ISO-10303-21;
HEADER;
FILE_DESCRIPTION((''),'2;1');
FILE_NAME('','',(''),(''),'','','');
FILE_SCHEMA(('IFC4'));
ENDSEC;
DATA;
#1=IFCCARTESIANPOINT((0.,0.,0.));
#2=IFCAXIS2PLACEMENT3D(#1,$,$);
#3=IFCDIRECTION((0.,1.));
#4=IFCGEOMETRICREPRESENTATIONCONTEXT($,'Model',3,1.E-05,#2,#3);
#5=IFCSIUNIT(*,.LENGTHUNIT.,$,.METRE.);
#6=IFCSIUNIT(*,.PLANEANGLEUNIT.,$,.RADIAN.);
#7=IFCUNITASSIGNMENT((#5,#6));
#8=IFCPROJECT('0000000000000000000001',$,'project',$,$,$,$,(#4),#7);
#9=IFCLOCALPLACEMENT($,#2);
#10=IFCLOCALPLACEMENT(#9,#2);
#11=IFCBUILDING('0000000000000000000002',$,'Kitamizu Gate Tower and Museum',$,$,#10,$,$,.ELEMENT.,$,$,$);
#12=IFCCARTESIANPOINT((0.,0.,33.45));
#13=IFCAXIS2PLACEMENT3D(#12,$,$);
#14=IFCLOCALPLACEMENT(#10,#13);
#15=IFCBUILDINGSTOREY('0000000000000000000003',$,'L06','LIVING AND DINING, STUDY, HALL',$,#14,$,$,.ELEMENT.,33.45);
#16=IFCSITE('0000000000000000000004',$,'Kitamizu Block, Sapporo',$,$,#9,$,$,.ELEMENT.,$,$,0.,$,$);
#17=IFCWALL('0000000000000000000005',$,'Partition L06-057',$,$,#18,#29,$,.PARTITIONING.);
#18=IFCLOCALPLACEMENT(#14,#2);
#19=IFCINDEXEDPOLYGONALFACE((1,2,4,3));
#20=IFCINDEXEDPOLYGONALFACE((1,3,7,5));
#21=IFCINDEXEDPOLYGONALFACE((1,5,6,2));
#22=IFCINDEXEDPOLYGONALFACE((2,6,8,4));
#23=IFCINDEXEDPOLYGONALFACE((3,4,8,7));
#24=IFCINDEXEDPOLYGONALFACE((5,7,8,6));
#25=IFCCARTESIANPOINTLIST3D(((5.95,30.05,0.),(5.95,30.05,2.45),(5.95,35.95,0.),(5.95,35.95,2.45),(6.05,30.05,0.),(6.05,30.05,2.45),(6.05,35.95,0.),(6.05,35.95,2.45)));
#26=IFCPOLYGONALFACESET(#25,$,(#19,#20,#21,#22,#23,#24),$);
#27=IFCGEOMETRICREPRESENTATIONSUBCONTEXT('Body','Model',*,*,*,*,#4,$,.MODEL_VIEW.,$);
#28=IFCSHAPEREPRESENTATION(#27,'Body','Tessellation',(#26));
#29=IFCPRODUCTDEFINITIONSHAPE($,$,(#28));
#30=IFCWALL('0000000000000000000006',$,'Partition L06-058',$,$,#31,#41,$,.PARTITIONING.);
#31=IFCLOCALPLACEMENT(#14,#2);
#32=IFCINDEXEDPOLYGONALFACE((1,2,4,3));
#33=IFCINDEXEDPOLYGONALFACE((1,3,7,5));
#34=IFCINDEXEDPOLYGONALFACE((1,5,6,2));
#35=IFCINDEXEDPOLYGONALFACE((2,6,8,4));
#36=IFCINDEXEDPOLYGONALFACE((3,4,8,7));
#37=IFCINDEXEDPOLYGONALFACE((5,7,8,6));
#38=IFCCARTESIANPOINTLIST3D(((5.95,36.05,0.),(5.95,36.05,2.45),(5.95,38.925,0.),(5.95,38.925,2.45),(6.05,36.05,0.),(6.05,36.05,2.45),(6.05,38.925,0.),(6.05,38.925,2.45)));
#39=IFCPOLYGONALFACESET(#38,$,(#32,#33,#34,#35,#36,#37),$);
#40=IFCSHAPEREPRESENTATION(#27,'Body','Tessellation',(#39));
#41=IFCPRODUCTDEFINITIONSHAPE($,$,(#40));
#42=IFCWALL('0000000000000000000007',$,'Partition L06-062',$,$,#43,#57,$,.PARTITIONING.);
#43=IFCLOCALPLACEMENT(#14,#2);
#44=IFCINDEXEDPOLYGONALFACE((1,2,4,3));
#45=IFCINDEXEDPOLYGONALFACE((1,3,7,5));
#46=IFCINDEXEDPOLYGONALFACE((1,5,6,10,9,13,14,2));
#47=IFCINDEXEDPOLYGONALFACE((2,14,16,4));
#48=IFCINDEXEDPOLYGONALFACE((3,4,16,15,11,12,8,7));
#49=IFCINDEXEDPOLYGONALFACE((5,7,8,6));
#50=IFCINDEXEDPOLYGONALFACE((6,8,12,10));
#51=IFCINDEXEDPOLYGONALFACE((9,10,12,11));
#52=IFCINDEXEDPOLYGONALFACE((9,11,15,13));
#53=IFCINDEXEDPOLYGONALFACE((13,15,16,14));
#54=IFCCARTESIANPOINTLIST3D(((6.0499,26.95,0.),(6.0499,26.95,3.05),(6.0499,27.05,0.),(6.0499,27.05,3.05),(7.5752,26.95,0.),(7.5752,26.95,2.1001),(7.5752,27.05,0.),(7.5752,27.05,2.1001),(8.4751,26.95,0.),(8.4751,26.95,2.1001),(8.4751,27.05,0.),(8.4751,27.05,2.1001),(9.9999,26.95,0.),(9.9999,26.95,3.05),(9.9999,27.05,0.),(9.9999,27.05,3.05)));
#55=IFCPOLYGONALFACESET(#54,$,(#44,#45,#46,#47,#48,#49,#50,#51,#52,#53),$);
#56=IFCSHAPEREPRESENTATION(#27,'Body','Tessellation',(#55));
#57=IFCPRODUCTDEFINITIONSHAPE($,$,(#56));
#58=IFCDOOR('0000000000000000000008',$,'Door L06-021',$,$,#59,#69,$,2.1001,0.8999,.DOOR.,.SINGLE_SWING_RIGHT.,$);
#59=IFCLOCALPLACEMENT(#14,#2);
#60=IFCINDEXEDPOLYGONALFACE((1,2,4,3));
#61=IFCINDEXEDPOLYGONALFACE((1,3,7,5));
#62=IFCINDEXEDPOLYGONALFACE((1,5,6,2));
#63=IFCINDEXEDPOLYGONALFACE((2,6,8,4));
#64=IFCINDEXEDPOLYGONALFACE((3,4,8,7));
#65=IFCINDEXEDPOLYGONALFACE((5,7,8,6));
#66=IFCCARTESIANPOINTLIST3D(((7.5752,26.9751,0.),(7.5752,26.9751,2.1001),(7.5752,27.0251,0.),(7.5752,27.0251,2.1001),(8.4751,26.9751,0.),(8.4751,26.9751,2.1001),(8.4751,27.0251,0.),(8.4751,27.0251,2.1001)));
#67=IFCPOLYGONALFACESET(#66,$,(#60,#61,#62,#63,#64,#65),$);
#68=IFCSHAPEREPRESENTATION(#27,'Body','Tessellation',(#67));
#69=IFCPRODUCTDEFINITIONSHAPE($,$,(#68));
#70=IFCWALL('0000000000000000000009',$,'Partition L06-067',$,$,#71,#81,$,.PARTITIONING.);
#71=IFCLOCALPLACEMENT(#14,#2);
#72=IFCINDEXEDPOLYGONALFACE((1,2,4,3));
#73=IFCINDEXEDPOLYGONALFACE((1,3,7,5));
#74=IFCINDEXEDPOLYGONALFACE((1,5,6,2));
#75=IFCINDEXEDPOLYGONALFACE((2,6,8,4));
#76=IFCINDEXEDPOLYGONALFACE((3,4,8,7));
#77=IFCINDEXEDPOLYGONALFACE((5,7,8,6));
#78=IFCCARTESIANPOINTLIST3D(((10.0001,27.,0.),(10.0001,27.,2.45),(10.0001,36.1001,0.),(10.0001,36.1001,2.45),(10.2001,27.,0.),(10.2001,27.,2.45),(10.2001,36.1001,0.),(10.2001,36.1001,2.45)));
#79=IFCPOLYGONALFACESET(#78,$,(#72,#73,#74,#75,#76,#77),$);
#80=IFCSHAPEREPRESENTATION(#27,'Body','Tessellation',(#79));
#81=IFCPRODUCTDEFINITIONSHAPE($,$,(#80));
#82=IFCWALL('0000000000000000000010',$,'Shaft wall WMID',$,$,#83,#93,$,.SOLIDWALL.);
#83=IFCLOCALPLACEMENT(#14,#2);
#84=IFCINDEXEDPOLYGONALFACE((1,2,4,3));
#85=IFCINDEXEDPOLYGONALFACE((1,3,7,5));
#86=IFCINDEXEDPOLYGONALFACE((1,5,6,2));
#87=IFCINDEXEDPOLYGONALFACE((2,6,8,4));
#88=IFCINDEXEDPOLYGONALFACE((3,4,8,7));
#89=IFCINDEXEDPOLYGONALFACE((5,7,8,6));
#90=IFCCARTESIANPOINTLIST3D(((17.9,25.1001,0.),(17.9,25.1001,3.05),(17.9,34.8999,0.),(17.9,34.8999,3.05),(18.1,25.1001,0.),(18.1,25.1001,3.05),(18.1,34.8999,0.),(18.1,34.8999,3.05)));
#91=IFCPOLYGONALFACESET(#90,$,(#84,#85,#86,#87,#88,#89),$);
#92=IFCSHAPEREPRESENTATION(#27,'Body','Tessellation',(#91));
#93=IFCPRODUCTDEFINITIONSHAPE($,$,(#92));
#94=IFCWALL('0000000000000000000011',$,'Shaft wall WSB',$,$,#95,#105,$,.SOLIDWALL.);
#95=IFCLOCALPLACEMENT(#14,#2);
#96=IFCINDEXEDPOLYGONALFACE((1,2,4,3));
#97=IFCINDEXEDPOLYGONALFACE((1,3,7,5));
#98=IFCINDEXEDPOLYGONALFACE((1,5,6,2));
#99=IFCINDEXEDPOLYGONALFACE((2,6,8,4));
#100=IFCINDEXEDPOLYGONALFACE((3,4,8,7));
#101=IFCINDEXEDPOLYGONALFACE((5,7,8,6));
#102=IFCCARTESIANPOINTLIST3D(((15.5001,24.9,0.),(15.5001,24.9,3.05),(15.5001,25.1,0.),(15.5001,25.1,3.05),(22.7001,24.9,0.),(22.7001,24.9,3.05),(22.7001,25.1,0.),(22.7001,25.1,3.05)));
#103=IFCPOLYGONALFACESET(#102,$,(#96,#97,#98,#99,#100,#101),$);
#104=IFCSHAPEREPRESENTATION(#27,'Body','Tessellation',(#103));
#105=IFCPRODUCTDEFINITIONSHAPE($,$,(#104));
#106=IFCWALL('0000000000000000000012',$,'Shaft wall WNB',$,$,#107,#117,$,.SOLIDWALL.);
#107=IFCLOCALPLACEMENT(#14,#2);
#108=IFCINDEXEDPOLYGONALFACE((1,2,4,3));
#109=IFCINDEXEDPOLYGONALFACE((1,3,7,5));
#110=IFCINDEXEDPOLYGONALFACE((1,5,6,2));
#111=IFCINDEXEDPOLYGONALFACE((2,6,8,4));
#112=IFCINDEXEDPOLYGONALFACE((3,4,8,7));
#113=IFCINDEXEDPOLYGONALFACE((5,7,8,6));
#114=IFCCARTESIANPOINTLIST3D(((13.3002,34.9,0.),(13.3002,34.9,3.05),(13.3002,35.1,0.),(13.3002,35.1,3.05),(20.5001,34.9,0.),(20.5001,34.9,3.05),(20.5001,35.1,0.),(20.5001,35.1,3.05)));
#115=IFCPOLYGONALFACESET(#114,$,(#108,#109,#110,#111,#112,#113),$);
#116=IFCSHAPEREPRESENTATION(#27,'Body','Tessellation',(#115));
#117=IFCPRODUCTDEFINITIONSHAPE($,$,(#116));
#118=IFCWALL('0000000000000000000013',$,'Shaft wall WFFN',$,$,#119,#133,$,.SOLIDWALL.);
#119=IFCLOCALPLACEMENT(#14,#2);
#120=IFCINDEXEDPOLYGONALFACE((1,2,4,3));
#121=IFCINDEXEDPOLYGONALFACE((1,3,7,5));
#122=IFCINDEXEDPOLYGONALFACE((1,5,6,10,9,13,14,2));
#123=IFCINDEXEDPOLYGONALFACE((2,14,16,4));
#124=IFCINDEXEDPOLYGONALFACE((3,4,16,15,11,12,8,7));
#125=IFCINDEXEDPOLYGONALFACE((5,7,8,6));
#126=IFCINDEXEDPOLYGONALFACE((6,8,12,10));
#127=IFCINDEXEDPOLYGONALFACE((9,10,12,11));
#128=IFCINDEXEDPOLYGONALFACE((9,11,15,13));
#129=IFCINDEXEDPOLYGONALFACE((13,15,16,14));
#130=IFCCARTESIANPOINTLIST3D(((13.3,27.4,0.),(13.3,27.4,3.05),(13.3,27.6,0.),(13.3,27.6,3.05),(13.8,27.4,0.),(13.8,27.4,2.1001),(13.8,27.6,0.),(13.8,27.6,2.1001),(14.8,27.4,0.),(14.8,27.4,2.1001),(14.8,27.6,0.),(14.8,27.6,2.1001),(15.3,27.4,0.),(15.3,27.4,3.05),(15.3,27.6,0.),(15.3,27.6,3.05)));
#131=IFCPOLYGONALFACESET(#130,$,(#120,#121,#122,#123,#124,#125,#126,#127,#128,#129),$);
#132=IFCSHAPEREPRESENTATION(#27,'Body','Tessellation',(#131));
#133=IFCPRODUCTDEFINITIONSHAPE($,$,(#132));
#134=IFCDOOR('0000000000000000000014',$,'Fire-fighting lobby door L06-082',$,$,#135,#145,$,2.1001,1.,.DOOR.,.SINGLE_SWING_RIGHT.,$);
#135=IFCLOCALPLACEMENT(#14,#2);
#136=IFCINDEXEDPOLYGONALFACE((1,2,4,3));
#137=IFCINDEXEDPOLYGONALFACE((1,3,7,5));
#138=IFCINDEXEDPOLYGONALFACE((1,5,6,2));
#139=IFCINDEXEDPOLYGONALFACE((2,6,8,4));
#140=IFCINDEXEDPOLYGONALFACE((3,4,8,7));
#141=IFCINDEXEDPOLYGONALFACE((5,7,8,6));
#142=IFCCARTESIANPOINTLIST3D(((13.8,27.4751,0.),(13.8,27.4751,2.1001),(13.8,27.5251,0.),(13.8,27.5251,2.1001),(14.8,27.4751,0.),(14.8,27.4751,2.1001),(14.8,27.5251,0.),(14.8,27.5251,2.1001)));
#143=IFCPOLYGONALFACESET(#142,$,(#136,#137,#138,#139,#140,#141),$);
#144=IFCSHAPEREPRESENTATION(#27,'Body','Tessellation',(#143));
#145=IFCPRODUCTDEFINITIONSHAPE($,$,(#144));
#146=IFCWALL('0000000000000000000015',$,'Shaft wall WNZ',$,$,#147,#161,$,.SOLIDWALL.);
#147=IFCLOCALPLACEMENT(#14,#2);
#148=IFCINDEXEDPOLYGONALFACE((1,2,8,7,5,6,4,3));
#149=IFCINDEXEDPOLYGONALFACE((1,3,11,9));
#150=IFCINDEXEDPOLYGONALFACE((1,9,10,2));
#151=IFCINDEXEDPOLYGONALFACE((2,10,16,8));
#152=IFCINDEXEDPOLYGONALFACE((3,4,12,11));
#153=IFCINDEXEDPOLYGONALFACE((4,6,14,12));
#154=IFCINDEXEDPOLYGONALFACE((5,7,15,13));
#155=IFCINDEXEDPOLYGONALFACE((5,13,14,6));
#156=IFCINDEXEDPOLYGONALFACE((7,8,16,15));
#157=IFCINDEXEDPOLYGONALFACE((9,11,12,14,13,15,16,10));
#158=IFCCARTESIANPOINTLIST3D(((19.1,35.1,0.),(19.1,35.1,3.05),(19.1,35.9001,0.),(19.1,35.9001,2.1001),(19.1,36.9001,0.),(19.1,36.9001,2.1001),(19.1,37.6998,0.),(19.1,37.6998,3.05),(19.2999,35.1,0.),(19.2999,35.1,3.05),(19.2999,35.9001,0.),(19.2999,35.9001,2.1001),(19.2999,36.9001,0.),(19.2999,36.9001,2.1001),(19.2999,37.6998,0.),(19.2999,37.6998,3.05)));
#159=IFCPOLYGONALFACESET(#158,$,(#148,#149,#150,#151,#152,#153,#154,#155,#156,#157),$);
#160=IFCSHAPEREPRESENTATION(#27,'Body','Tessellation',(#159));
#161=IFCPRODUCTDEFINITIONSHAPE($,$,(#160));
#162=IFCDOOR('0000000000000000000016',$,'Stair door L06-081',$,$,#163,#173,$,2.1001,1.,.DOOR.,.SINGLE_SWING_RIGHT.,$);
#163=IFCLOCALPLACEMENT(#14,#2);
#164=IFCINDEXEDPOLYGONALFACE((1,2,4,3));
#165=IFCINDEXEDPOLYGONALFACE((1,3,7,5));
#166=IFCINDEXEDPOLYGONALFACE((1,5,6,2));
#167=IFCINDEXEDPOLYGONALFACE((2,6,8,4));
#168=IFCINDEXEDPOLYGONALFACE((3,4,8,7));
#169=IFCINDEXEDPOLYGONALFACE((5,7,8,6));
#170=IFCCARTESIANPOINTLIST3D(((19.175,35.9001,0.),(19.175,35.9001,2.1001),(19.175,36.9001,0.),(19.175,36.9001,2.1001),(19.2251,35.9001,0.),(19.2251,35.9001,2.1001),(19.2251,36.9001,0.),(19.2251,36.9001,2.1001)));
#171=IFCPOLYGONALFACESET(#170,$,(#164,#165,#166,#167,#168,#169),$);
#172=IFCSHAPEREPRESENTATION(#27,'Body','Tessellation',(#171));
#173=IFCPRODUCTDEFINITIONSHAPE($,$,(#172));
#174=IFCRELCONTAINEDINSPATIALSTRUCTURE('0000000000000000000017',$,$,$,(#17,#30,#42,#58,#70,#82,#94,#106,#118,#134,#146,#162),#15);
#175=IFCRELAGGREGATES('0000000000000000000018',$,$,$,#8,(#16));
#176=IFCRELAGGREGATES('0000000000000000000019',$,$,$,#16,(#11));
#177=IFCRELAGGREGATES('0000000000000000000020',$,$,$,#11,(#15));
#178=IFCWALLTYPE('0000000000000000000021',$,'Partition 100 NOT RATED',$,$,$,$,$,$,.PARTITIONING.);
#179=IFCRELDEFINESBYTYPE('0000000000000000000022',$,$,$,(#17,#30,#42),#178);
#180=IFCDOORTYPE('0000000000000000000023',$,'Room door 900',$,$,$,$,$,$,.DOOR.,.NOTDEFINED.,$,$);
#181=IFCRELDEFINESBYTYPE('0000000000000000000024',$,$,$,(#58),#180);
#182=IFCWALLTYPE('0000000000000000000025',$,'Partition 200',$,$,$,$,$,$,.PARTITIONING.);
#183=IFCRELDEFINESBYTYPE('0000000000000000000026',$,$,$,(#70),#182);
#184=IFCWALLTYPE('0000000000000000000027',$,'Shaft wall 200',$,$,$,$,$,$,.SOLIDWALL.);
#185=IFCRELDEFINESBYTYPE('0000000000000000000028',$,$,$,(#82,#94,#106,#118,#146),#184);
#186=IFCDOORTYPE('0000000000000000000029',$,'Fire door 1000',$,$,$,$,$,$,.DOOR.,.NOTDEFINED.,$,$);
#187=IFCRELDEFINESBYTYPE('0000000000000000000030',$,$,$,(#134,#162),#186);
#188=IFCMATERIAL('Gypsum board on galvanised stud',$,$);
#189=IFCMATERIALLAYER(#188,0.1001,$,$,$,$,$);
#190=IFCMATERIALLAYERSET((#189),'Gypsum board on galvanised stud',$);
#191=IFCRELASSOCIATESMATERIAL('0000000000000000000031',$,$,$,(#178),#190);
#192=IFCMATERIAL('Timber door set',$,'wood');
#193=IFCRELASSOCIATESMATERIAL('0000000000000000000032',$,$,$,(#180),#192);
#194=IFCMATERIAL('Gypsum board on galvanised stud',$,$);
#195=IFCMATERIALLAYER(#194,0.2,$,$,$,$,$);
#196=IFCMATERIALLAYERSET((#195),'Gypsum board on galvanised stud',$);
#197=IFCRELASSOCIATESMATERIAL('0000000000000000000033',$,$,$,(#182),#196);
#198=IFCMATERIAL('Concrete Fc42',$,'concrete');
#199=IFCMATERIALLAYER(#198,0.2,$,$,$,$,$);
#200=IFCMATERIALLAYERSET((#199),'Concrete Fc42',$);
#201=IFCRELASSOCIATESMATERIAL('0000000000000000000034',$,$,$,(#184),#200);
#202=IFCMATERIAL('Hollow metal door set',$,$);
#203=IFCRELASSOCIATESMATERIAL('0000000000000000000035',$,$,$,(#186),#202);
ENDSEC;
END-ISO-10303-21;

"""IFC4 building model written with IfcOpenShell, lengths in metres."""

from ifc_helpers import new_model, si_unit, direction, frame, frame_2d, origin, place, context, subcontext, project, spatial, rectangle, extrude, material, layer, layer_set, type_object, element, fill, save


model = new_model("IFC4")

# Units and contexts
model_context = context("Model", 3, precision=1e-05, world=origin(), true_north=direction((0.0, 1.0)))
body_context = subcontext(model_context, "Body", "Model", "MODEL_VIEW")
ifc_project = project(units=[si_unit("LENGTHUNIT", "METRE"), si_unit("PLANEANGLEUNIT", "RADIAN")], contexts=[model_context])

# Site, building, storey
site_placement = place(None, origin())
site = spatial("IfcSite", under=ifc_project, at=site_placement, Name="Kitamizu Block, Sapporo", CompositionType="ELEMENT", RefElevation=0.0)
building_placement = place(site_placement, origin())
building = spatial("IfcBuilding", under=site, at=building_placement, Name="Kitamizu Gate Tower and Museum", CompositionType="ELEMENT")
storey_placement = place(building_placement, frame((0.0, 0.0, 33.45)))
storey = spatial("IfcBuildingStorey", under=building, at=storey_placement, Name="L06", Description="LIVING AND DINING, STUDY, HALL", CompositionType="ELEMENT", Elevation=33.45)

# Shared definitions
ifc_material_1 = material(Name="Gypsum board on galvanised stud")
ifc_layer_1 = layer(ifc_material_1, 0.1001)
ifc_layer_set_1 = layer_set([ifc_layer_1], Name="Gypsum board on galvanised stud")
wall_type_1 = type_object("IfcWallType", Name="Partition 100 NOT RATED", PredefinedType="PARTITIONING", material=ifc_layer_set_1)
ifc_material_2 = material(Name="Timber door set", Category="wood")
door_type_1 = type_object("IfcDoorType", Name="Room door 900", OperationType="NOTDEFINED", PredefinedType="DOOR", material=ifc_material_2)

# Walls
wall_1_placement = place(storey_placement, frame((6.0, 30.05, 0.0), z_axis=(0.0, 0.0, 1.0), x_axis=(0.0, 1.0, 0.0)))
element("IfcWall", 1, at=wall_1_placement, inside=storey, type_object=wall_type_1, Name="Partition L06-057", PredefinedType="PARTITIONING", context=body_context, shape_type="SweptSolid", body=[
    extrude(rectangle(XDim=5.8999, YDim=0.1001, at=frame_2d((2.95, 0.0))), origin(), (0.0, 0.0, 1.0), 2.45),
])
wall_2_placement = place(storey_placement, frame((6.0, 36.05, 0.0), z_axis=(0.0, 0.0, 1.0), x_axis=(0.0, 1.0, 0.0)))
element("IfcWall", 2, at=wall_2_placement, inside=storey, type_object=wall_type_1, Name="Partition L06-058", PredefinedType="PARTITIONING", context=body_context, shape_type="SweptSolid", body=[
    extrude(rectangle(XDim=2.875, YDim=0.1001, at=frame_2d((1.4375, 0.0))), origin(), (0.0, 0.0, 1.0), 2.45),
])

# Wall, opening, door
wall_3_placement = place(storey_placement, frame((10.0, 27.0, 0.0), z_axis=(0.0, 0.0, 1.0), x_axis=(-1.0, 0.0, 0.0)))
wall_3 = element("IfcWall", 3, at=wall_3_placement, inside=storey, type_object=wall_type_1, Name="Partition L06-062", PredefinedType="PARTITIONING", context=body_context, shape_type="SweptSolid", body=[
    extrude(rectangle(XDim=3.95, YDim=0.1001, at=frame_2d((1.9751, 0.0))), origin(), (0.0, 0.0, 1.0), 3.05),
])
opening_1_placement = place(wall_3_placement, frame((1.5249, 0.0, 0.0)))
opening_1 = element("IfcOpeningElement", 4, at=opening_1_placement, cuts=wall_3, PredefinedType="OPENING", context=body_context, shape_type="SweptSolid", body=[
    extrude(rectangle(XDim=0.8999, YDim=2.1001, at=frame_2d((0.45, 1.05))), frame((0.0, 0.0601, 0.0), z_axis=(0.0, -1.0, 0.0), x_axis=(1.0, 0.0, 0.0)), (0.0, 0.0, 1.0), 0.1201),
])
door_1_placement = place(opening_1_placement, origin())
door_1 = element("IfcDoor", 5, at=door_1_placement, inside=storey, type_object=door_type_1, Name="Door L06-021", OperationType="SINGLE_SWING_RIGHT", OverallHeight=2.1001, OverallWidth=0.8999, PredefinedType="DOOR", context=body_context, shape_type="SweptSolid", body=[
    extrude(rectangle(XDim=0.8999, YDim=2.1001, at=frame_2d((0.45, 1.05))), frame((0.0, 0.0249, 0.0), z_axis=(0.0, -1.0, 0.0), x_axis=(1.0, 0.0, 0.0)), (0.0, 0.0, 1.0), 0.05),
])
fill(opening_1, door_1)

# Walls
ifc_material_3 = material(Name="Gypsum board on galvanised stud")
ifc_layer_2 = layer(ifc_material_3, 0.2)
ifc_layer_set_2 = layer_set([ifc_layer_2], Name="Gypsum board on galvanised stud")
wall_type_2 = type_object("IfcWallType", Name="Partition 200", PredefinedType="PARTITIONING", material=ifc_layer_set_2)
wall_4_placement = place(storey_placement, frame((10.1001, 27.0, 0.0), z_axis=(0.0, 0.0, 1.0), x_axis=(0.0, 1.0, 0.0)))
element("IfcWall", 6, at=wall_4_placement, inside=storey, type_object=wall_type_2, Name="Partition L06-067", PredefinedType="PARTITIONING", context=body_context, shape_type="SweptSolid", body=[
    extrude(rectangle(XDim=9.1001, YDim=0.2, at=frame_2d((4.55, 0.0))), origin(), (0.0, 0.0, 1.0), 2.45),
])
ifc_material_4 = material(Name="Concrete Fc42", Category="concrete")
ifc_layer_3 = layer(ifc_material_4, 0.2)
ifc_layer_set_3 = layer_set([ifc_layer_3], Name="Concrete Fc42")
wall_type_3 = type_object("IfcWallType", Name="Shaft wall 200", PredefinedType="SOLIDWALL", material=ifc_layer_set_3)
wall_5_placement = place(storey_placement, frame((18.0, 25.1001, 0.0), z_axis=(0.0, 0.0, 1.0), x_axis=(0.0, 1.0, 0.0)))
element("IfcWall", 7, at=wall_5_placement, inside=storey, type_object=wall_type_3, Name="Shaft wall WMID", PredefinedType="SOLIDWALL", context=body_context, shape_type="SweptSolid", body=[
    extrude(rectangle(XDim=9.7998, YDim=0.2, at=frame_2d((4.8999, 0.0))), origin(), (0.0, 0.0, 1.0), 3.05),
])
for number, where, z_axis, x_axis, name in (
    (8, (15.5, 25.0, 0.0), (0.0, 0.0, 1.0), (1.0, 0.0, 0.0), "Shaft wall WSB"),
    (9, (13.3, 35.0, 0.0), (0.0, 0.0, 1.0), (1.0, 0.0, 0.0), "Shaft wall WNB"),
):
    element("IfcWall", number, at=place(storey_placement, frame(where, z_axis=z_axis, x_axis=x_axis)), inside=storey, type_object=wall_type_3, Name=name, PredefinedType="SOLIDWALL", context=body_context, shape_type="SweptSolid", body=[
        extrude(rectangle(XDim=7.2, YDim=0.2, at=frame_2d((3.6001, 0.0))), origin(), (0.0, 0.0, 1.0), 3.05),
    ])

# Walls, openings, doors
wall_6_placement = place(storey_placement, frame((13.3, 27.5, 0.0), z_axis=(0.0, 0.0, 1.0), x_axis=(1.0, 0.0, 0.0)))
wall_6 = element("IfcWall", 10, at=wall_6_placement, inside=storey, type_object=wall_type_3, Name="Shaft wall WFFN", PredefinedType="SOLIDWALL", context=body_context, shape_type="SweptSolid", body=[
    extrude(rectangle(XDim=2.0, YDim=0.2, at=frame_2d((1.0, 0.0))), origin(), (0.0, 0.0, 1.0), 3.05),
])
opening_2_placement = place(wall_6_placement, frame((0.5, 0.0, 0.0)))
opening_2 = element("IfcOpeningElement", 11, at=opening_2_placement, cuts=wall_6, PredefinedType="OPENING", context=body_context, shape_type="SweptSolid", body=[
    extrude(rectangle(XDim=1.0, YDim=2.1001, at=frame_2d((0.5, 1.05))), frame((0.0, 0.1099, 0.0), z_axis=(0.0, -1.0, 0.0), x_axis=(1.0, 0.0, 0.0)), (0.0, 0.0, 1.0), 0.22),
])
ifc_material_5 = material(Name="Hollow metal door set")
door_type_2 = type_object("IfcDoorType", Name="Fire door 1000", OperationType="NOTDEFINED", PredefinedType="DOOR", material=ifc_material_5)
door_2_placement = place(opening_2_placement, frame((1.0, 0.0, 0.0), x_axis=(-1.0, 0.0, 0.0)))
door_2 = element("IfcDoor", 12, at=door_2_placement, inside=storey, type_object=door_type_2, Name="Fire-fighting lobby door L06-082", OperationType="SINGLE_SWING_RIGHT", OverallHeight=2.1001, OverallWidth=1.0, PredefinedType="DOOR", context=body_context, shape_type="SweptSolid", body=[
    extrude(rectangle(XDim=1.0, YDim=2.1001, at=frame_2d((0.5, 1.05))), frame((0.0, 0.0249, 0.0), z_axis=(0.0, -1.0, 0.0), x_axis=(1.0, 0.0, 0.0)), (0.0, 0.0, 1.0), 0.05),
])
fill(opening_2, door_2)
wall_7_placement = place(storey_placement, frame((19.2, 35.1001, 0.0), z_axis=(0.0, 0.0, 1.0), x_axis=(0.0, 1.0, 0.0)))
wall_7 = element("IfcWall", 13, at=wall_7_placement, inside=storey, type_object=wall_type_3, Name="Shaft wall WNZ", PredefinedType="SOLIDWALL", context=body_context, shape_type="SweptSolid", body=[
    extrude(rectangle(XDim=2.5999, YDim=0.2, at=frame_2d((1.2998, 0.0))), origin(), (0.0, 0.0, 1.0), 3.05),
])
opening_3_placement = place(wall_7_placement, frame((0.8, 0.0, 0.0)))
opening_3 = element("IfcOpeningElement", 14, at=opening_3_placement, cuts=wall_7, PredefinedType="OPENING", context=body_context, shape_type="SweptSolid", body=[
    extrude(rectangle(XDim=1.0, YDim=2.1001, at=frame_2d((0.5, 1.05))), frame((0.0, 0.1099, 0.0), z_axis=(0.0, -1.0, 0.0), x_axis=(1.0, 0.0, 0.0)), (0.0, 0.0, 1.0), 0.22),
])
door_3_placement = place(opening_3_placement, origin())
door_3 = element("IfcDoor", 15, at=door_3_placement, inside=storey, type_object=door_type_2, Name="Stair door L06-081", OperationType="SINGLE_SWING_RIGHT", OverallHeight=2.1001, OverallWidth=1.0, PredefinedType="DOOR", context=body_context, shape_type="SweptSolid", body=[
    extrude(rectangle(XDim=1.0, YDim=2.1001, at=frame_2d((0.5, 1.05))), frame((0.0, 0.0249, 0.0), z_axis=(0.0, -1.0, 0.0), x_axis=(1.0, 0.0, 0.0)), (0.0, 0.0, 1.0), 0.05),
])
fill(opening_3, door_3)

save(model, "model.ifc")
